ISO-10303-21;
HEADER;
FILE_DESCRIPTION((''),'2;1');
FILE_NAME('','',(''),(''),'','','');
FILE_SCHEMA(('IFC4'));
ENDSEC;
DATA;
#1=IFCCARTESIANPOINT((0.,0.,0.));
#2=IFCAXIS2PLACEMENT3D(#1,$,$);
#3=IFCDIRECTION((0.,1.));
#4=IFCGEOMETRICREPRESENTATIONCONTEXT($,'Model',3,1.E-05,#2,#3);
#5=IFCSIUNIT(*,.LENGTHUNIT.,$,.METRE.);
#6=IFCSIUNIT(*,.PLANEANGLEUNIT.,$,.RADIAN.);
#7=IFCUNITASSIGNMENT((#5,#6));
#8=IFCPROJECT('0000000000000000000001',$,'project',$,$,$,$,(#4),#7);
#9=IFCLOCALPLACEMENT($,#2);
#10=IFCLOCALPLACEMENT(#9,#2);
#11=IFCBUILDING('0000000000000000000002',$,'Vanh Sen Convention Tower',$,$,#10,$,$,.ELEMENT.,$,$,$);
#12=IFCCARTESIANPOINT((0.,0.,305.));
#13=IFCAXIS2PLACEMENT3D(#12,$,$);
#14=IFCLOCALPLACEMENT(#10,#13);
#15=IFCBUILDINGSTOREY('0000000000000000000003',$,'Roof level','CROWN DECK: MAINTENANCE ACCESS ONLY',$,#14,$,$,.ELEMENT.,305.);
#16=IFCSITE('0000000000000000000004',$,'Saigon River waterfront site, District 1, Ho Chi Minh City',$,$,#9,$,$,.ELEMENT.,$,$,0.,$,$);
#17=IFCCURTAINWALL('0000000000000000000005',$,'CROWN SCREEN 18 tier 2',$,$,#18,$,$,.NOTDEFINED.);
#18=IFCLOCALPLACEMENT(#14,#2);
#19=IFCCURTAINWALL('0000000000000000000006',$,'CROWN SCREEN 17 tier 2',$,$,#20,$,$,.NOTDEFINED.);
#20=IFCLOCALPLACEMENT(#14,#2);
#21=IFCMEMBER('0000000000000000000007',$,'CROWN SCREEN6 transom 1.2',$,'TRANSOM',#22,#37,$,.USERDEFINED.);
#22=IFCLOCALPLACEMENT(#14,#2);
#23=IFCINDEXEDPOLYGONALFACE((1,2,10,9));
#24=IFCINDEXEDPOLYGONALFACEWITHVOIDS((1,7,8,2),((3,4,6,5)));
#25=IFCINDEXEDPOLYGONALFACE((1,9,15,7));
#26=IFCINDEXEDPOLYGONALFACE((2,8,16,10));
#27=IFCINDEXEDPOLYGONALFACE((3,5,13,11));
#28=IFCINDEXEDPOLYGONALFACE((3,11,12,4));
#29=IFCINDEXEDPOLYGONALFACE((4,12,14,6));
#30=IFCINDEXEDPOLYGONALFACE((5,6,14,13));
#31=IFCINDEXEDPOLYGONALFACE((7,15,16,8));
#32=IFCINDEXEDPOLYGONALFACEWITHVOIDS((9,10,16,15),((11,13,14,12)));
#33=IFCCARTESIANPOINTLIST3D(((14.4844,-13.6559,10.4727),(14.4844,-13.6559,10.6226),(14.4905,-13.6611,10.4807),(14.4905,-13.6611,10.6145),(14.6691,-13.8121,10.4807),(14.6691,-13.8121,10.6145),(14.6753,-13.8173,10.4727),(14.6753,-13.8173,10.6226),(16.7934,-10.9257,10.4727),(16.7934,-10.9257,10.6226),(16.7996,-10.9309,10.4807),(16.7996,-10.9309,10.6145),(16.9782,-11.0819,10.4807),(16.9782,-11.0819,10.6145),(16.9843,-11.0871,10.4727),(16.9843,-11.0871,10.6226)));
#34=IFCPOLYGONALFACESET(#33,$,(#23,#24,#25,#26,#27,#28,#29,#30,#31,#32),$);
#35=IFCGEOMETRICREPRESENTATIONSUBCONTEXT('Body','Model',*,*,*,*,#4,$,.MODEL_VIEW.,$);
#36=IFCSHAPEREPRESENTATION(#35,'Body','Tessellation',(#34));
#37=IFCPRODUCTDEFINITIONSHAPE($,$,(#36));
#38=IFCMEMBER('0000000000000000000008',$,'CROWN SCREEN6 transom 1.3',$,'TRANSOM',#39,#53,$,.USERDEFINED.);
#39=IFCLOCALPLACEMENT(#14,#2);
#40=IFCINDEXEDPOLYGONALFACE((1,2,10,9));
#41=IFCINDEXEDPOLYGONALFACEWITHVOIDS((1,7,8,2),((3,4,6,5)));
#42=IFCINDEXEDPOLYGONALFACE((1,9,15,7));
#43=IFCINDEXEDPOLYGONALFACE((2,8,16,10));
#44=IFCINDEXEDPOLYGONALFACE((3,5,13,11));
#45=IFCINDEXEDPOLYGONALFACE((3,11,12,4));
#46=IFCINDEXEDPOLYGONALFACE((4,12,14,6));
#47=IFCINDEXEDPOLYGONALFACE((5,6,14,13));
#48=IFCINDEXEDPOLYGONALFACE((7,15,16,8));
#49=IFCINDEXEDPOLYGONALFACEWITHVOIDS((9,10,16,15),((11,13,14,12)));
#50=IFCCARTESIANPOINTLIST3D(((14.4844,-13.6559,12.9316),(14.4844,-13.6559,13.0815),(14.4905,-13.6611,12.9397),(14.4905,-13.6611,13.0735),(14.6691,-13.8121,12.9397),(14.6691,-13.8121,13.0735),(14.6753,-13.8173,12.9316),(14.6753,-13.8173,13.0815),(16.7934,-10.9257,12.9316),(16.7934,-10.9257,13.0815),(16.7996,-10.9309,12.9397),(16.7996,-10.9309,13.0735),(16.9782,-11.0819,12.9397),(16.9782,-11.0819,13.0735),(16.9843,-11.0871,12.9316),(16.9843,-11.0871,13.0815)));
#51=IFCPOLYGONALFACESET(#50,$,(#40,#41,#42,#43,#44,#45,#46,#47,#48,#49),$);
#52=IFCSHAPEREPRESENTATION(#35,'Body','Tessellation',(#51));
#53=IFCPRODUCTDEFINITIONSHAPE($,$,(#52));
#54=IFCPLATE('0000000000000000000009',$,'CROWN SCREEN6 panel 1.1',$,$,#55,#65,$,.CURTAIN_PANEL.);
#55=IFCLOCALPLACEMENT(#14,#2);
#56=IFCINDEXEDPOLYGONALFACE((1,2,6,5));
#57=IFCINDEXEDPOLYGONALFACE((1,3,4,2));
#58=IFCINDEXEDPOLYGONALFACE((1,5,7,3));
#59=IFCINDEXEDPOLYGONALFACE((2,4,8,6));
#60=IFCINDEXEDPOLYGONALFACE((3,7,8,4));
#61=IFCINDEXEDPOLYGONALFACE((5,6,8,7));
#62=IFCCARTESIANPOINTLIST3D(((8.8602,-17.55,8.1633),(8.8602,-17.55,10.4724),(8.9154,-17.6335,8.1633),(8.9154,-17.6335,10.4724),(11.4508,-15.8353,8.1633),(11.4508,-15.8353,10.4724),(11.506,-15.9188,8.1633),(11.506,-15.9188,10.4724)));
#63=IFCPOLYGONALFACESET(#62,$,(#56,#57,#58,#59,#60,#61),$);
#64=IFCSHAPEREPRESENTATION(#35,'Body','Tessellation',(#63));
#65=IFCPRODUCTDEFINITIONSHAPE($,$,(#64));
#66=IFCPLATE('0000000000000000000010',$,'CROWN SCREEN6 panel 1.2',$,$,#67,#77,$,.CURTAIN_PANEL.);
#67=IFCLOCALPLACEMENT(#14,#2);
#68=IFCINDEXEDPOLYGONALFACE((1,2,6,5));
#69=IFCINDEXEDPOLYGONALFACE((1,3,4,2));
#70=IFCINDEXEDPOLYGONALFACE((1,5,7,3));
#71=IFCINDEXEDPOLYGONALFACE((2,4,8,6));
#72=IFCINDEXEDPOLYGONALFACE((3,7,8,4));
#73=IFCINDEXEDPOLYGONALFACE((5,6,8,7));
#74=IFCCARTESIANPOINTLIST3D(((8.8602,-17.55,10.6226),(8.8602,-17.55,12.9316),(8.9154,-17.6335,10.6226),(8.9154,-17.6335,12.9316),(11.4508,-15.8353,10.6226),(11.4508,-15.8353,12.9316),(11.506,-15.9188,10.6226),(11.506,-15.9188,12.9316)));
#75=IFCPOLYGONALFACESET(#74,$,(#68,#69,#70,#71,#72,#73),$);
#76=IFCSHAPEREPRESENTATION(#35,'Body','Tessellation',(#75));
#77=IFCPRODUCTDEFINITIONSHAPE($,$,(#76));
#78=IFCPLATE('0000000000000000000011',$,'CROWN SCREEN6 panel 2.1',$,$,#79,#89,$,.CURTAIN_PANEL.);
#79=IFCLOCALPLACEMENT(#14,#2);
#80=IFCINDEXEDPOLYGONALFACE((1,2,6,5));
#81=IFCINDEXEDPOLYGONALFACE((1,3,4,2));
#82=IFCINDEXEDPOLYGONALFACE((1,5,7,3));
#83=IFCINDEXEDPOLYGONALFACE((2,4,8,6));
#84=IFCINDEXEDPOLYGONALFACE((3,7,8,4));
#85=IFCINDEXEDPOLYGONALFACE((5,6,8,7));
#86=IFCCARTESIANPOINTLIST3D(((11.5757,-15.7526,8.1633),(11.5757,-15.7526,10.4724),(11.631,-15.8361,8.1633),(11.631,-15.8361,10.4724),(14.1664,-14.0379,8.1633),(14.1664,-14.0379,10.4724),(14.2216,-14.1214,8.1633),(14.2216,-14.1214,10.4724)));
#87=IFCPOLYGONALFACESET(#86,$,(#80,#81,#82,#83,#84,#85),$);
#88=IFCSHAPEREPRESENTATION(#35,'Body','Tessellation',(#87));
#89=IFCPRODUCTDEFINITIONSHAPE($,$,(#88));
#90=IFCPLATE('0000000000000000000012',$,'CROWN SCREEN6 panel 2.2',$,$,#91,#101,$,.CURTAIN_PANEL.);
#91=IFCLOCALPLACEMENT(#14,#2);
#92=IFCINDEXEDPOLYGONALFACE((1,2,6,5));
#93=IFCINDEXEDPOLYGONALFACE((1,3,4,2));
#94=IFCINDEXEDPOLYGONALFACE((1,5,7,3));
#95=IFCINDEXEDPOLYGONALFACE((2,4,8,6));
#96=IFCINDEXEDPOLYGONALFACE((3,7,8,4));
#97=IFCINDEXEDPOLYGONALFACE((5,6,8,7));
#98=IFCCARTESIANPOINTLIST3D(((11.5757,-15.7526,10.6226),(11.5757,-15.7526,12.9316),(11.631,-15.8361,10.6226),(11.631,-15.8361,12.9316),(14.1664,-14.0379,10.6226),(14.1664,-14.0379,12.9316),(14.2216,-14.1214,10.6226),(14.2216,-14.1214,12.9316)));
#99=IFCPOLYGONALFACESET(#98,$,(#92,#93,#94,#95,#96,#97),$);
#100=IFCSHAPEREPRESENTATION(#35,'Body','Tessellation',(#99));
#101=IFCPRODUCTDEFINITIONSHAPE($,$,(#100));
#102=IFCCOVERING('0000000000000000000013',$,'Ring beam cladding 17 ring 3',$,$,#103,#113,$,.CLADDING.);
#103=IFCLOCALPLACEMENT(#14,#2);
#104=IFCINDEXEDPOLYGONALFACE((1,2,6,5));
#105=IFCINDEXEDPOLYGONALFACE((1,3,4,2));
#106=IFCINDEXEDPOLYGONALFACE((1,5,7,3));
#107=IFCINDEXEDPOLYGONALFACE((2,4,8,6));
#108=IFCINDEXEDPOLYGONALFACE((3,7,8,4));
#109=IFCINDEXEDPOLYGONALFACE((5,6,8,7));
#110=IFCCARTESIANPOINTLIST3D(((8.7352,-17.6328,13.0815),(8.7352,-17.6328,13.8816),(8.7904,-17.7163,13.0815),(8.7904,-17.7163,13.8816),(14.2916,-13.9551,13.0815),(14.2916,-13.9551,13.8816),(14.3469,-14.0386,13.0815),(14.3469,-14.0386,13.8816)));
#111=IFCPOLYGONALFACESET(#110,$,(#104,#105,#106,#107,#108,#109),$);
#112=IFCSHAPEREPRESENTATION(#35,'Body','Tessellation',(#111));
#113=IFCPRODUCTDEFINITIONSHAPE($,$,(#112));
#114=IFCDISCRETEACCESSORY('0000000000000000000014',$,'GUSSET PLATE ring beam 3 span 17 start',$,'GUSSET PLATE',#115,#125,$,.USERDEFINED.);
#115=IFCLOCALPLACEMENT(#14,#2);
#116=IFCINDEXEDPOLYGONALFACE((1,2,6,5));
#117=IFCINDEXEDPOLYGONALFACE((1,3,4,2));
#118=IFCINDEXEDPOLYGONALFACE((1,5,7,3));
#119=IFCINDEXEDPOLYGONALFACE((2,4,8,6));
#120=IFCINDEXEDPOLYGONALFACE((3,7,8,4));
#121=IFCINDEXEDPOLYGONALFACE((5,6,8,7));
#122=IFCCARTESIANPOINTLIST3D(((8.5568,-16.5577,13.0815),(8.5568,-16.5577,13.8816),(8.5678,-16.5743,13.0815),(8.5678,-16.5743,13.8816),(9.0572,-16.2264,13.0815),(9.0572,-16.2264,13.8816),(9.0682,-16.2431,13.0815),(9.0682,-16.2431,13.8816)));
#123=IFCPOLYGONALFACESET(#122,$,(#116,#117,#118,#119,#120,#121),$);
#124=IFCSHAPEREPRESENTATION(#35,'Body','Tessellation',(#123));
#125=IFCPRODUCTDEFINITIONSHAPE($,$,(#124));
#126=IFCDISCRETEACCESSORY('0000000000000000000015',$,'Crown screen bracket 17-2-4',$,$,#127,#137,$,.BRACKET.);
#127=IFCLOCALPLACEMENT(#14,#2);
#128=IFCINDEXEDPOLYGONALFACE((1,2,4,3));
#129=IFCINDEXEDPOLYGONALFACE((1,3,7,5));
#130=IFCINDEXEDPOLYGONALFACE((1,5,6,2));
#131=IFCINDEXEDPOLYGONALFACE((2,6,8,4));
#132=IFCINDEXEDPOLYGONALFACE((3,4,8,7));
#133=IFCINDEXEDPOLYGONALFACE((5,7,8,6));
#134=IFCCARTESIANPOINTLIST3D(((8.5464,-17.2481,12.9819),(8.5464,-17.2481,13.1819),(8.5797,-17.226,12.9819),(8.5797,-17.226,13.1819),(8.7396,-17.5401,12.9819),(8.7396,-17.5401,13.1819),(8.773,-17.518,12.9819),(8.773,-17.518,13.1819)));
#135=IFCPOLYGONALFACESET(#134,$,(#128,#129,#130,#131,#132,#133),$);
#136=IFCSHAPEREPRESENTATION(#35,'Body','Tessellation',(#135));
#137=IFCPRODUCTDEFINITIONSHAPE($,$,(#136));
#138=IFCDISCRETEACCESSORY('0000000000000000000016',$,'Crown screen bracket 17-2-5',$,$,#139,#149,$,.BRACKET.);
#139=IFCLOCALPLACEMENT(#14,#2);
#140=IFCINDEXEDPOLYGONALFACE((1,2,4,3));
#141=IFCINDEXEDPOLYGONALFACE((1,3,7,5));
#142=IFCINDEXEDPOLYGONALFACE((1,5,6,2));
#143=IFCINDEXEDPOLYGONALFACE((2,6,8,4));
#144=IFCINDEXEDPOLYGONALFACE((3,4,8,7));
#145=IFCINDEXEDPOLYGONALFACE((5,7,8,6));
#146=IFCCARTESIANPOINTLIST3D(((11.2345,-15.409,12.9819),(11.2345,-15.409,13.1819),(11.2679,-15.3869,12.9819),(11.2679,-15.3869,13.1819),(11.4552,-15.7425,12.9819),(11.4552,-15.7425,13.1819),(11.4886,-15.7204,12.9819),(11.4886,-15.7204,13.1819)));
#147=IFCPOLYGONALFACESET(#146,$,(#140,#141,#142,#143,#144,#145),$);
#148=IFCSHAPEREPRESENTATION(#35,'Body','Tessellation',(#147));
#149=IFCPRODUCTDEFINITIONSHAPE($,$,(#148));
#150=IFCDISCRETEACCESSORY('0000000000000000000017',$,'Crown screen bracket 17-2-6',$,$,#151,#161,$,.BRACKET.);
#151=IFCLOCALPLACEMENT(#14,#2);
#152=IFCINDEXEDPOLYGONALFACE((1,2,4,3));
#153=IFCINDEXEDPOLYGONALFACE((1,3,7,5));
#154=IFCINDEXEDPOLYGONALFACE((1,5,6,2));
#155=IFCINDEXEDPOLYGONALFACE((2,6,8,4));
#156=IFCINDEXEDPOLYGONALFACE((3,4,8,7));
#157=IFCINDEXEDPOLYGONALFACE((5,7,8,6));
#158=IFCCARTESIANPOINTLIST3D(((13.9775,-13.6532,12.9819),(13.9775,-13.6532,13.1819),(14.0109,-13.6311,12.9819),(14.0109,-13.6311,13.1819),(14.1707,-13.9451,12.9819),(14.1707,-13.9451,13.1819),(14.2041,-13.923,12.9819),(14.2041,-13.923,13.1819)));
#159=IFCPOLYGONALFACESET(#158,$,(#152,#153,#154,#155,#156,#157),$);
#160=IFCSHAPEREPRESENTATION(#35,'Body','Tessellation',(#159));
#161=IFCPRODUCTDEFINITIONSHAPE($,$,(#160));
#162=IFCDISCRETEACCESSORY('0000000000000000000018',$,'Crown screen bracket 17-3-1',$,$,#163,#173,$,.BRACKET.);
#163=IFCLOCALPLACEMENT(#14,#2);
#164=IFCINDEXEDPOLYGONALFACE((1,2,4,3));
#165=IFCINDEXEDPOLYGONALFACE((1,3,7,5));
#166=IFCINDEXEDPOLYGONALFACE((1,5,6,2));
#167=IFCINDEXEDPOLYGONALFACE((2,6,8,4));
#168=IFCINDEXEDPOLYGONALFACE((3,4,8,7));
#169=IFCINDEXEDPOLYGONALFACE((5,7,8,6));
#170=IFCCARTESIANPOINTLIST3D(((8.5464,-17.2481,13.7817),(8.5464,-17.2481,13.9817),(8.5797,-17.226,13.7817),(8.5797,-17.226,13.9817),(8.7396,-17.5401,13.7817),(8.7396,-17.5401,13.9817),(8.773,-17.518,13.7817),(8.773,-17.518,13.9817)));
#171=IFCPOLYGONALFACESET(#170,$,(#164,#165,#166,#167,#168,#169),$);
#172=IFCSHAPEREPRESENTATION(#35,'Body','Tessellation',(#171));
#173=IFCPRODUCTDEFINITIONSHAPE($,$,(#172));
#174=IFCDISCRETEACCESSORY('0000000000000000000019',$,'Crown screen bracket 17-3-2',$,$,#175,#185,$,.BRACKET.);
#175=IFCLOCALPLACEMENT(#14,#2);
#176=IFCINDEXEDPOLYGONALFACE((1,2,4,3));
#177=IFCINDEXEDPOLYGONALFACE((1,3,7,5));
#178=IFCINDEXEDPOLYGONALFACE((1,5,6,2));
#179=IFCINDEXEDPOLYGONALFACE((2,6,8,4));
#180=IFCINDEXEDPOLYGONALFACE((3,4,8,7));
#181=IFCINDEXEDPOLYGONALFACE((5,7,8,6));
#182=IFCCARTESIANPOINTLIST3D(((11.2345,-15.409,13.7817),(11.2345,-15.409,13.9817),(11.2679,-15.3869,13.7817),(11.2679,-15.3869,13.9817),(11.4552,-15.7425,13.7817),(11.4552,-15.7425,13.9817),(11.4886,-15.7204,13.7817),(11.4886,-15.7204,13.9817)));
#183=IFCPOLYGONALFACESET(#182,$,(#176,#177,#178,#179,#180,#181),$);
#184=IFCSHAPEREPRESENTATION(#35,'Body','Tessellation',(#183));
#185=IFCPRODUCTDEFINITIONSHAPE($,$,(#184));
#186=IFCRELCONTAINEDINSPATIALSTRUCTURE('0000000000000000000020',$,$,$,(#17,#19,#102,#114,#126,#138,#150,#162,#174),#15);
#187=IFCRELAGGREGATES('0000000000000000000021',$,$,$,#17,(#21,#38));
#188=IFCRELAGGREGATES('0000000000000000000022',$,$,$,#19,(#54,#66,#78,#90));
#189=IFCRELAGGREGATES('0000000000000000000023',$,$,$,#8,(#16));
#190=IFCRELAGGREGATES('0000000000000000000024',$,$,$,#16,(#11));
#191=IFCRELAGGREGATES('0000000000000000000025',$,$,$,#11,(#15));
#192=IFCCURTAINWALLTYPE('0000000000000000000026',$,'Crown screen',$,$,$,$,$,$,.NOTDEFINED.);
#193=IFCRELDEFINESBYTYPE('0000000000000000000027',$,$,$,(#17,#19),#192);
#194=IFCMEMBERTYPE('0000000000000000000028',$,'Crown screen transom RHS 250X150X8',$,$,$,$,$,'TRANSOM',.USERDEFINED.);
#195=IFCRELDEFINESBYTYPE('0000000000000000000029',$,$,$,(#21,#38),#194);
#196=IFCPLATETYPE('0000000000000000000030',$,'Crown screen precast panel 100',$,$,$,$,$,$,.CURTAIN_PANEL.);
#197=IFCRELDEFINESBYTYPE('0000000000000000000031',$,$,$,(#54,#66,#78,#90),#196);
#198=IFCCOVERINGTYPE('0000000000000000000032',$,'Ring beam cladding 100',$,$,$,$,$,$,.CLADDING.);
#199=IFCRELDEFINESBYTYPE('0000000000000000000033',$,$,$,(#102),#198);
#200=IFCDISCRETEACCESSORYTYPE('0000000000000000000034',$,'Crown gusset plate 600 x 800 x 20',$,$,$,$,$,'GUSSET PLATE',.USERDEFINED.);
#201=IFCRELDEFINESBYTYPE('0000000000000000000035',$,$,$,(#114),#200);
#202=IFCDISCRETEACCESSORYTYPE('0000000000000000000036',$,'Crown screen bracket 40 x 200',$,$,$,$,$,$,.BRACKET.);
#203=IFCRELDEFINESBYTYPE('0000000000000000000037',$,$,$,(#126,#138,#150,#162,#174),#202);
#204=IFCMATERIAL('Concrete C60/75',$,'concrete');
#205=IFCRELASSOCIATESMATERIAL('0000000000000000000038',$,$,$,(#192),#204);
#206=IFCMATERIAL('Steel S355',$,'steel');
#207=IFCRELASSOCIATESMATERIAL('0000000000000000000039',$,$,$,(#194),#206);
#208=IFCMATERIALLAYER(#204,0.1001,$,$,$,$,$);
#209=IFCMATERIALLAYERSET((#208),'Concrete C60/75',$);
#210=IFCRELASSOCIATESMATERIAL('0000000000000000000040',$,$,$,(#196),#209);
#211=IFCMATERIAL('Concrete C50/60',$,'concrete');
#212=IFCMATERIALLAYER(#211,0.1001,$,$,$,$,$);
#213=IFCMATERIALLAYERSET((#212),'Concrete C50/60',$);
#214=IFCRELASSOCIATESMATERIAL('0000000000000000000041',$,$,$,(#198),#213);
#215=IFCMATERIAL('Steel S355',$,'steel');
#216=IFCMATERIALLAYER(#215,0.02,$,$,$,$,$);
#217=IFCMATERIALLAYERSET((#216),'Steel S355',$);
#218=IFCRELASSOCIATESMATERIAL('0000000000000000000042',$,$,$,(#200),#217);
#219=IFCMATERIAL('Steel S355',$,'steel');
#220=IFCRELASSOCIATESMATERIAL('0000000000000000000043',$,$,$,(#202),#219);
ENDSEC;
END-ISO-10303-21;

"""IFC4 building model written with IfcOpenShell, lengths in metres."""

from ifc_helpers import new_model, si_unit, direction, frame, origin, origin_2d, place, context, subcontext, project, spatial, rectangle, hollow_rectangle, extrude, material, layer, layer_set, material_profile, profile_set, type_object, element, aggregate, save


model = new_model("IFC4")

# Units and contexts
model_context = context("Model", 3, precision=1e-05, world=origin(), true_north=direction((0.0, 1.0)))
body_context = subcontext(model_context, "Body", "Model", "MODEL_VIEW")
ifc_project = project(units=[si_unit("LENGTHUNIT", "METRE"), si_unit("PLANEANGLEUNIT", "RADIAN")], contexts=[model_context])

# Site, building, storey
site_placement = place(None, origin())
site = spatial("IfcSite", under=ifc_project, at=site_placement, Name="Saigon River waterfront site, District 1, Ho Chi Minh City", CompositionType="ELEMENT", RefElevation=0.0)
building_placement = place(site_placement, origin())
building = spatial("IfcBuilding", under=site, at=building_placement, Name="Vanh Sen Convention Tower", CompositionType="ELEMENT")
storey_placement = place(building_placement, frame((0.0, 0.0, 305.0)))
storey = spatial("IfcBuildingStorey", under=building, at=storey_placement, Name="Roof level", Description="CROWN DECK: MAINTENANCE ACCESS ONLY", CompositionType="ELEMENT", Elevation=305.0)

# Curtain wall
ifc_material_1 = material(Name="Concrete C60/75", Category="concrete")
curtain_wall_type = type_object("IfcCurtainWallType", Name="Crown screen", PredefinedType="NOTDEFINED", material=ifc_material_1)
ifc_material_2 = material(Name="Steel S355", Category="steel")
curtain_wall_1_placement = place(storey_placement, origin())
curtain_wall_1 = element("IfcCurtainWall", 1, at=curtain_wall_1_placement, inside=storey, type_object=curtain_wall_type, Name="CROWN SCREEN 18 tier 2", PredefinedType="NOTDEFINED")

# Curtain wall
curtain_wall_2_placement = place(storey_placement, origin())
curtain_wall_2 = element("IfcCurtainWall", 2, at=curtain_wall_2_placement, inside=storey, type_object=curtain_wall_type, Name="CROWN SCREEN 17 tier 2", PredefinedType="NOTDEFINED")
ifc_material_profile_1 = material_profile(ifc_material_2, hollow_rectangle(XDim=0.25, YDim=0.1499, WallThickness=0.0081, at=origin_2d()), Name="RHS 250X150X8")
ifc_profile_set_1 = profile_set([ifc_material_profile_1], Name="Steel S355")
member_type_1 = type_object("IfcMemberType", Name="Crown screen transom RHS 250X150X8", ElementType="TRANSOM", PredefinedType="USERDEFINED", material=ifc_profile_set_1)

# Members
member_1_placement = place(storey_placement, frame((14.5798, -13.7366, 10.5476), z_axis=(0.645762, 0.763539, 0.0), x_axis=(-0.763539, 0.645762, 0.0)))
member_1 = element("IfcMember", 3, at=member_1_placement, type_object=member_type_1, Name="CROWN SCREEN6 transom 1.2", ObjectType="TRANSOM", PredefinedType="USERDEFINED", context=body_context, shape_type="SweptSolid", body=[
    extrude(hollow_rectangle(XDim=0.25, YDim=0.1499, WallThickness=0.0081, at=origin_2d()), origin(), (0.0, 0.0, 1.0), 3.5757),
])
member_2_placement = place(storey_placement, frame((14.5798, -13.7366, 13.0066), z_axis=(0.645762, 0.763539, 0.0), x_axis=(-0.763539, 0.645762, 0.0)))
member_2 = element("IfcMember", 4, at=member_2_placement, type_object=member_type_1, Name="CROWN SCREEN6 transom 1.3", ObjectType="TRANSOM", PredefinedType="USERDEFINED", context=body_context, shape_type="SweptSolid", body=[
    extrude(hollow_rectangle(XDim=0.25, YDim=0.1499, WallThickness=0.0081, at=origin_2d()), origin(), (0.0, 0.0, 1.0), 3.5757),
])
aggregate(curtain_wall_1, [member_1, member_2])

# Plates
ifc_layer_1 = layer(ifc_material_1, 0.1001)
ifc_layer_set_1 = layer_set([ifc_layer_1], Name="Concrete C60/75")
plate_type = type_object("IfcPlateType", Name="Crown screen precast panel 100", PredefinedType="CURTAIN_PANEL", material=ifc_layer_set_1)
plate_1_placement = place(storey_placement, frame((10.1831, -16.7344, 8.1633), z_axis=(0.0, 0.0, 1.0), x_axis=(0.833886, 0.551937, 0.0)))
plate_1 = element("IfcPlate", 5, at=plate_1_placement, type_object=plate_type, Name="CROWN SCREEN6 panel 1.1", PredefinedType="CURTAIN_PANEL", context=body_context, shape_type="SweptSolid", body=[
    extrude(rectangle(XDim=3.1067, YDim=0.1001, at=origin_2d()), origin(), (0.0, 0.0, 1.0), 2.3091),
])
plate_2_placement = place(storey_placement, frame((10.1831, -16.7344, 10.6226), z_axis=(0.0, 0.0, 1.0), x_axis=(0.833886, 0.551937, 0.0)))
plate_2 = element("IfcPlate", 6, at=plate_2_placement, type_object=plate_type, Name="CROWN SCREEN6 panel 1.2", PredefinedType="CURTAIN_PANEL", context=body_context, shape_type="SweptSolid", body=[
    extrude(rectangle(XDim=3.1067, YDim=0.1001, at=origin_2d()), origin(), (0.0, 0.0, 1.0), 2.3091),
])
plate_3_placement = place(storey_placement, frame((12.8987, -14.937, 8.1633), z_axis=(0.0, 0.0, 1.0), x_axis=(0.833886, 0.551937, 0.0)))
plate_3 = element("IfcPlate", 7, at=plate_3_placement, type_object=plate_type, Name="CROWN SCREEN6 panel 2.1", PredefinedType="CURTAIN_PANEL", context=body_context, shape_type="SweptSolid", body=[
    extrude(rectangle(XDim=3.1067, YDim=0.1001, at=origin_2d()), origin(), (0.0, 0.0, 1.0), 2.3091),
])
plate_4_placement = place(storey_placement, frame((12.8987, -14.937, 10.6226), z_axis=(0.0, 0.0, 1.0), x_axis=(0.833886, 0.551937, 0.0)))
plate_4 = element("IfcPlate", 8, at=plate_4_placement, type_object=plate_type, Name="CROWN SCREEN6 panel 2.2", PredefinedType="CURTAIN_PANEL", context=body_context, shape_type="SweptSolid", body=[
    extrude(rectangle(XDim=3.1067, YDim=0.1001, at=origin_2d()), origin(), (0.0, 0.0, 1.0), 2.3091),
])
aggregate(curtain_wall_2, [plate_1, plate_2, plate_3, plate_4])

# Covering
ifc_material_3 = material(Name="Concrete C50/60", Category="concrete")
ifc_layer_2 = layer(ifc_material_3, 0.1001)
ifc_layer_set_2 = layer_set([ifc_layer_2], Name="Concrete C50/60")
covering_type = type_object("IfcCoveringType", Name="Ring beam cladding 100", PredefinedType="CLADDING", material=ifc_layer_set_2)
covering_placement = place(storey_placement, frame((11.541, -15.8357, 13.0815), z_axis=(0.0, 0.0, 1.0), x_axis=(0.833886, 0.551937, 0.0)))
element("IfcCovering", 9, at=covering_placement, inside=storey, type_object=covering_type, Name="Ring beam cladding 17 ring 3", PredefinedType="CLADDING", context=body_context, shape_type="SweptSolid", body=[
    extrude(rectangle(XDim=6.6633, YDim=0.1001, at=origin_2d()), origin(), (0.0, 0.0, 1.0), 0.8),
])

# Discrete accessories
ifc_material_4 = material(Name="Steel S355", Category="steel")
ifc_layer_3 = layer(ifc_material_4, 0.02)
ifc_layer_set_3 = layer_set([ifc_layer_3], Name="Steel S355")
discrete_accessory_type_1 = type_object("IfcDiscreteAccessoryType", Name="Crown gusset plate 600 x 800 x 20", ElementType="GUSSET PLATE", PredefinedType="USERDEFINED", material=ifc_layer_set_3)
discrete_accessory_1_placement = place(storey_placement, frame((8.8125, -16.4004, 13.0815), z_axis=(0.0, 0.0, 1.0), x_axis=(0.833886, 0.551937, 0.0)))
element("IfcDiscreteAccessory", 10, at=discrete_accessory_1_placement, inside=storey, type_object=discrete_accessory_type_1, Name="GUSSET PLATE ring beam 3 span 17 start", ObjectType="GUSSET PLATE", PredefinedType="USERDEFINED", context=body_context, shape_type="SweptSolid", body=[
    extrude(rectangle(XDim=0.6001, YDim=0.02, at=origin_2d()), origin(), (0.0, 0.0, 1.0), 0.8),
])
ifc_material_5 = material(Name="Steel S355", Category="steel")
discrete_accessory_type_2 = type_object("IfcDiscreteAccessoryType", Name="Crown screen bracket 40 x 200", PredefinedType="BRACKET", material=ifc_material_5)
discrete_accessory_2_placement = place(storey_placement, frame((8.6597, -17.3831, 12.9819), z_axis=(0.0, 0.0, 1.0), x_axis=(0.551937, -0.833886, 0.0)))
element("IfcDiscreteAccessory", 11, at=discrete_accessory_2_placement, inside=storey, type_object=discrete_accessory_type_2, Name="Crown screen bracket 17-2-4", PredefinedType="BRACKET", context=body_context, shape_type="SweptSolid", body=[
    extrude(rectangle(XDim=0.3501, YDim=0.04, at=origin_2d()), origin(), (0.0, 0.0, 1.0), 0.2),
])
discrete_accessory_3_placement = place(storey_placement, frame((11.3616, -15.5647, 12.9819), z_axis=(0.0, 0.0, 1.0), x_axis=(0.551937, -0.833886, 0.0)))
element("IfcDiscreteAccessory", 12, at=discrete_accessory_3_placement, inside=storey, type_object=discrete_accessory_type_2, Name="Crown screen bracket 17-2-5", PredefinedType="BRACKET", context=body_context, shape_type="SweptSolid", body=[
    extrude(rectangle(XDim=0.3999, YDim=0.04, at=origin_2d()), origin(), (0.0, 0.0, 1.0), 0.2),
])
for number, where, z_axis, x_axis, name in (
    (13, (14.0908, -13.7881, 12.9819), (0.0, 0.0, 1.0), (0.551937, -0.833886, 0.0), "Crown screen bracket 17-2-6"),
    (14, (8.6597, -17.3831, 13.7817), (0.0, 0.0, 1.0), (0.551937, -0.833886, 0.0), "Crown screen bracket 17-3-1"),
):
    element("IfcDiscreteAccessory", number, at=place(storey_placement, frame(where, z_axis=z_axis, x_axis=x_axis)), inside=storey, type_object=discrete_accessory_type_2, Name=name, PredefinedType="BRACKET", context=body_context, shape_type="SweptSolid", body=[
        extrude(rectangle(XDim=0.3501, YDim=0.04, at=origin_2d()), origin(), (0.0, 0.0, 1.0), 0.2),
    ])
discrete_accessory_4_placement = place(storey_placement, frame((11.3616, -15.5647, 13.7817), z_axis=(0.0, 0.0, 1.0), x_axis=(0.551937, -0.833886, 0.0)))
element("IfcDiscreteAccessory", 15, at=discrete_accessory_4_placement, inside=storey, type_object=discrete_accessory_type_2, Name="Crown screen bracket 17-3-2", PredefinedType="BRACKET", context=body_context, shape_type="SweptSolid", body=[
    extrude(rectangle(XDim=0.3999, YDim=0.04, at=origin_2d()), origin(), (0.0, 0.0, 1.0), 0.2),
])

save(model, "model.ifc")
